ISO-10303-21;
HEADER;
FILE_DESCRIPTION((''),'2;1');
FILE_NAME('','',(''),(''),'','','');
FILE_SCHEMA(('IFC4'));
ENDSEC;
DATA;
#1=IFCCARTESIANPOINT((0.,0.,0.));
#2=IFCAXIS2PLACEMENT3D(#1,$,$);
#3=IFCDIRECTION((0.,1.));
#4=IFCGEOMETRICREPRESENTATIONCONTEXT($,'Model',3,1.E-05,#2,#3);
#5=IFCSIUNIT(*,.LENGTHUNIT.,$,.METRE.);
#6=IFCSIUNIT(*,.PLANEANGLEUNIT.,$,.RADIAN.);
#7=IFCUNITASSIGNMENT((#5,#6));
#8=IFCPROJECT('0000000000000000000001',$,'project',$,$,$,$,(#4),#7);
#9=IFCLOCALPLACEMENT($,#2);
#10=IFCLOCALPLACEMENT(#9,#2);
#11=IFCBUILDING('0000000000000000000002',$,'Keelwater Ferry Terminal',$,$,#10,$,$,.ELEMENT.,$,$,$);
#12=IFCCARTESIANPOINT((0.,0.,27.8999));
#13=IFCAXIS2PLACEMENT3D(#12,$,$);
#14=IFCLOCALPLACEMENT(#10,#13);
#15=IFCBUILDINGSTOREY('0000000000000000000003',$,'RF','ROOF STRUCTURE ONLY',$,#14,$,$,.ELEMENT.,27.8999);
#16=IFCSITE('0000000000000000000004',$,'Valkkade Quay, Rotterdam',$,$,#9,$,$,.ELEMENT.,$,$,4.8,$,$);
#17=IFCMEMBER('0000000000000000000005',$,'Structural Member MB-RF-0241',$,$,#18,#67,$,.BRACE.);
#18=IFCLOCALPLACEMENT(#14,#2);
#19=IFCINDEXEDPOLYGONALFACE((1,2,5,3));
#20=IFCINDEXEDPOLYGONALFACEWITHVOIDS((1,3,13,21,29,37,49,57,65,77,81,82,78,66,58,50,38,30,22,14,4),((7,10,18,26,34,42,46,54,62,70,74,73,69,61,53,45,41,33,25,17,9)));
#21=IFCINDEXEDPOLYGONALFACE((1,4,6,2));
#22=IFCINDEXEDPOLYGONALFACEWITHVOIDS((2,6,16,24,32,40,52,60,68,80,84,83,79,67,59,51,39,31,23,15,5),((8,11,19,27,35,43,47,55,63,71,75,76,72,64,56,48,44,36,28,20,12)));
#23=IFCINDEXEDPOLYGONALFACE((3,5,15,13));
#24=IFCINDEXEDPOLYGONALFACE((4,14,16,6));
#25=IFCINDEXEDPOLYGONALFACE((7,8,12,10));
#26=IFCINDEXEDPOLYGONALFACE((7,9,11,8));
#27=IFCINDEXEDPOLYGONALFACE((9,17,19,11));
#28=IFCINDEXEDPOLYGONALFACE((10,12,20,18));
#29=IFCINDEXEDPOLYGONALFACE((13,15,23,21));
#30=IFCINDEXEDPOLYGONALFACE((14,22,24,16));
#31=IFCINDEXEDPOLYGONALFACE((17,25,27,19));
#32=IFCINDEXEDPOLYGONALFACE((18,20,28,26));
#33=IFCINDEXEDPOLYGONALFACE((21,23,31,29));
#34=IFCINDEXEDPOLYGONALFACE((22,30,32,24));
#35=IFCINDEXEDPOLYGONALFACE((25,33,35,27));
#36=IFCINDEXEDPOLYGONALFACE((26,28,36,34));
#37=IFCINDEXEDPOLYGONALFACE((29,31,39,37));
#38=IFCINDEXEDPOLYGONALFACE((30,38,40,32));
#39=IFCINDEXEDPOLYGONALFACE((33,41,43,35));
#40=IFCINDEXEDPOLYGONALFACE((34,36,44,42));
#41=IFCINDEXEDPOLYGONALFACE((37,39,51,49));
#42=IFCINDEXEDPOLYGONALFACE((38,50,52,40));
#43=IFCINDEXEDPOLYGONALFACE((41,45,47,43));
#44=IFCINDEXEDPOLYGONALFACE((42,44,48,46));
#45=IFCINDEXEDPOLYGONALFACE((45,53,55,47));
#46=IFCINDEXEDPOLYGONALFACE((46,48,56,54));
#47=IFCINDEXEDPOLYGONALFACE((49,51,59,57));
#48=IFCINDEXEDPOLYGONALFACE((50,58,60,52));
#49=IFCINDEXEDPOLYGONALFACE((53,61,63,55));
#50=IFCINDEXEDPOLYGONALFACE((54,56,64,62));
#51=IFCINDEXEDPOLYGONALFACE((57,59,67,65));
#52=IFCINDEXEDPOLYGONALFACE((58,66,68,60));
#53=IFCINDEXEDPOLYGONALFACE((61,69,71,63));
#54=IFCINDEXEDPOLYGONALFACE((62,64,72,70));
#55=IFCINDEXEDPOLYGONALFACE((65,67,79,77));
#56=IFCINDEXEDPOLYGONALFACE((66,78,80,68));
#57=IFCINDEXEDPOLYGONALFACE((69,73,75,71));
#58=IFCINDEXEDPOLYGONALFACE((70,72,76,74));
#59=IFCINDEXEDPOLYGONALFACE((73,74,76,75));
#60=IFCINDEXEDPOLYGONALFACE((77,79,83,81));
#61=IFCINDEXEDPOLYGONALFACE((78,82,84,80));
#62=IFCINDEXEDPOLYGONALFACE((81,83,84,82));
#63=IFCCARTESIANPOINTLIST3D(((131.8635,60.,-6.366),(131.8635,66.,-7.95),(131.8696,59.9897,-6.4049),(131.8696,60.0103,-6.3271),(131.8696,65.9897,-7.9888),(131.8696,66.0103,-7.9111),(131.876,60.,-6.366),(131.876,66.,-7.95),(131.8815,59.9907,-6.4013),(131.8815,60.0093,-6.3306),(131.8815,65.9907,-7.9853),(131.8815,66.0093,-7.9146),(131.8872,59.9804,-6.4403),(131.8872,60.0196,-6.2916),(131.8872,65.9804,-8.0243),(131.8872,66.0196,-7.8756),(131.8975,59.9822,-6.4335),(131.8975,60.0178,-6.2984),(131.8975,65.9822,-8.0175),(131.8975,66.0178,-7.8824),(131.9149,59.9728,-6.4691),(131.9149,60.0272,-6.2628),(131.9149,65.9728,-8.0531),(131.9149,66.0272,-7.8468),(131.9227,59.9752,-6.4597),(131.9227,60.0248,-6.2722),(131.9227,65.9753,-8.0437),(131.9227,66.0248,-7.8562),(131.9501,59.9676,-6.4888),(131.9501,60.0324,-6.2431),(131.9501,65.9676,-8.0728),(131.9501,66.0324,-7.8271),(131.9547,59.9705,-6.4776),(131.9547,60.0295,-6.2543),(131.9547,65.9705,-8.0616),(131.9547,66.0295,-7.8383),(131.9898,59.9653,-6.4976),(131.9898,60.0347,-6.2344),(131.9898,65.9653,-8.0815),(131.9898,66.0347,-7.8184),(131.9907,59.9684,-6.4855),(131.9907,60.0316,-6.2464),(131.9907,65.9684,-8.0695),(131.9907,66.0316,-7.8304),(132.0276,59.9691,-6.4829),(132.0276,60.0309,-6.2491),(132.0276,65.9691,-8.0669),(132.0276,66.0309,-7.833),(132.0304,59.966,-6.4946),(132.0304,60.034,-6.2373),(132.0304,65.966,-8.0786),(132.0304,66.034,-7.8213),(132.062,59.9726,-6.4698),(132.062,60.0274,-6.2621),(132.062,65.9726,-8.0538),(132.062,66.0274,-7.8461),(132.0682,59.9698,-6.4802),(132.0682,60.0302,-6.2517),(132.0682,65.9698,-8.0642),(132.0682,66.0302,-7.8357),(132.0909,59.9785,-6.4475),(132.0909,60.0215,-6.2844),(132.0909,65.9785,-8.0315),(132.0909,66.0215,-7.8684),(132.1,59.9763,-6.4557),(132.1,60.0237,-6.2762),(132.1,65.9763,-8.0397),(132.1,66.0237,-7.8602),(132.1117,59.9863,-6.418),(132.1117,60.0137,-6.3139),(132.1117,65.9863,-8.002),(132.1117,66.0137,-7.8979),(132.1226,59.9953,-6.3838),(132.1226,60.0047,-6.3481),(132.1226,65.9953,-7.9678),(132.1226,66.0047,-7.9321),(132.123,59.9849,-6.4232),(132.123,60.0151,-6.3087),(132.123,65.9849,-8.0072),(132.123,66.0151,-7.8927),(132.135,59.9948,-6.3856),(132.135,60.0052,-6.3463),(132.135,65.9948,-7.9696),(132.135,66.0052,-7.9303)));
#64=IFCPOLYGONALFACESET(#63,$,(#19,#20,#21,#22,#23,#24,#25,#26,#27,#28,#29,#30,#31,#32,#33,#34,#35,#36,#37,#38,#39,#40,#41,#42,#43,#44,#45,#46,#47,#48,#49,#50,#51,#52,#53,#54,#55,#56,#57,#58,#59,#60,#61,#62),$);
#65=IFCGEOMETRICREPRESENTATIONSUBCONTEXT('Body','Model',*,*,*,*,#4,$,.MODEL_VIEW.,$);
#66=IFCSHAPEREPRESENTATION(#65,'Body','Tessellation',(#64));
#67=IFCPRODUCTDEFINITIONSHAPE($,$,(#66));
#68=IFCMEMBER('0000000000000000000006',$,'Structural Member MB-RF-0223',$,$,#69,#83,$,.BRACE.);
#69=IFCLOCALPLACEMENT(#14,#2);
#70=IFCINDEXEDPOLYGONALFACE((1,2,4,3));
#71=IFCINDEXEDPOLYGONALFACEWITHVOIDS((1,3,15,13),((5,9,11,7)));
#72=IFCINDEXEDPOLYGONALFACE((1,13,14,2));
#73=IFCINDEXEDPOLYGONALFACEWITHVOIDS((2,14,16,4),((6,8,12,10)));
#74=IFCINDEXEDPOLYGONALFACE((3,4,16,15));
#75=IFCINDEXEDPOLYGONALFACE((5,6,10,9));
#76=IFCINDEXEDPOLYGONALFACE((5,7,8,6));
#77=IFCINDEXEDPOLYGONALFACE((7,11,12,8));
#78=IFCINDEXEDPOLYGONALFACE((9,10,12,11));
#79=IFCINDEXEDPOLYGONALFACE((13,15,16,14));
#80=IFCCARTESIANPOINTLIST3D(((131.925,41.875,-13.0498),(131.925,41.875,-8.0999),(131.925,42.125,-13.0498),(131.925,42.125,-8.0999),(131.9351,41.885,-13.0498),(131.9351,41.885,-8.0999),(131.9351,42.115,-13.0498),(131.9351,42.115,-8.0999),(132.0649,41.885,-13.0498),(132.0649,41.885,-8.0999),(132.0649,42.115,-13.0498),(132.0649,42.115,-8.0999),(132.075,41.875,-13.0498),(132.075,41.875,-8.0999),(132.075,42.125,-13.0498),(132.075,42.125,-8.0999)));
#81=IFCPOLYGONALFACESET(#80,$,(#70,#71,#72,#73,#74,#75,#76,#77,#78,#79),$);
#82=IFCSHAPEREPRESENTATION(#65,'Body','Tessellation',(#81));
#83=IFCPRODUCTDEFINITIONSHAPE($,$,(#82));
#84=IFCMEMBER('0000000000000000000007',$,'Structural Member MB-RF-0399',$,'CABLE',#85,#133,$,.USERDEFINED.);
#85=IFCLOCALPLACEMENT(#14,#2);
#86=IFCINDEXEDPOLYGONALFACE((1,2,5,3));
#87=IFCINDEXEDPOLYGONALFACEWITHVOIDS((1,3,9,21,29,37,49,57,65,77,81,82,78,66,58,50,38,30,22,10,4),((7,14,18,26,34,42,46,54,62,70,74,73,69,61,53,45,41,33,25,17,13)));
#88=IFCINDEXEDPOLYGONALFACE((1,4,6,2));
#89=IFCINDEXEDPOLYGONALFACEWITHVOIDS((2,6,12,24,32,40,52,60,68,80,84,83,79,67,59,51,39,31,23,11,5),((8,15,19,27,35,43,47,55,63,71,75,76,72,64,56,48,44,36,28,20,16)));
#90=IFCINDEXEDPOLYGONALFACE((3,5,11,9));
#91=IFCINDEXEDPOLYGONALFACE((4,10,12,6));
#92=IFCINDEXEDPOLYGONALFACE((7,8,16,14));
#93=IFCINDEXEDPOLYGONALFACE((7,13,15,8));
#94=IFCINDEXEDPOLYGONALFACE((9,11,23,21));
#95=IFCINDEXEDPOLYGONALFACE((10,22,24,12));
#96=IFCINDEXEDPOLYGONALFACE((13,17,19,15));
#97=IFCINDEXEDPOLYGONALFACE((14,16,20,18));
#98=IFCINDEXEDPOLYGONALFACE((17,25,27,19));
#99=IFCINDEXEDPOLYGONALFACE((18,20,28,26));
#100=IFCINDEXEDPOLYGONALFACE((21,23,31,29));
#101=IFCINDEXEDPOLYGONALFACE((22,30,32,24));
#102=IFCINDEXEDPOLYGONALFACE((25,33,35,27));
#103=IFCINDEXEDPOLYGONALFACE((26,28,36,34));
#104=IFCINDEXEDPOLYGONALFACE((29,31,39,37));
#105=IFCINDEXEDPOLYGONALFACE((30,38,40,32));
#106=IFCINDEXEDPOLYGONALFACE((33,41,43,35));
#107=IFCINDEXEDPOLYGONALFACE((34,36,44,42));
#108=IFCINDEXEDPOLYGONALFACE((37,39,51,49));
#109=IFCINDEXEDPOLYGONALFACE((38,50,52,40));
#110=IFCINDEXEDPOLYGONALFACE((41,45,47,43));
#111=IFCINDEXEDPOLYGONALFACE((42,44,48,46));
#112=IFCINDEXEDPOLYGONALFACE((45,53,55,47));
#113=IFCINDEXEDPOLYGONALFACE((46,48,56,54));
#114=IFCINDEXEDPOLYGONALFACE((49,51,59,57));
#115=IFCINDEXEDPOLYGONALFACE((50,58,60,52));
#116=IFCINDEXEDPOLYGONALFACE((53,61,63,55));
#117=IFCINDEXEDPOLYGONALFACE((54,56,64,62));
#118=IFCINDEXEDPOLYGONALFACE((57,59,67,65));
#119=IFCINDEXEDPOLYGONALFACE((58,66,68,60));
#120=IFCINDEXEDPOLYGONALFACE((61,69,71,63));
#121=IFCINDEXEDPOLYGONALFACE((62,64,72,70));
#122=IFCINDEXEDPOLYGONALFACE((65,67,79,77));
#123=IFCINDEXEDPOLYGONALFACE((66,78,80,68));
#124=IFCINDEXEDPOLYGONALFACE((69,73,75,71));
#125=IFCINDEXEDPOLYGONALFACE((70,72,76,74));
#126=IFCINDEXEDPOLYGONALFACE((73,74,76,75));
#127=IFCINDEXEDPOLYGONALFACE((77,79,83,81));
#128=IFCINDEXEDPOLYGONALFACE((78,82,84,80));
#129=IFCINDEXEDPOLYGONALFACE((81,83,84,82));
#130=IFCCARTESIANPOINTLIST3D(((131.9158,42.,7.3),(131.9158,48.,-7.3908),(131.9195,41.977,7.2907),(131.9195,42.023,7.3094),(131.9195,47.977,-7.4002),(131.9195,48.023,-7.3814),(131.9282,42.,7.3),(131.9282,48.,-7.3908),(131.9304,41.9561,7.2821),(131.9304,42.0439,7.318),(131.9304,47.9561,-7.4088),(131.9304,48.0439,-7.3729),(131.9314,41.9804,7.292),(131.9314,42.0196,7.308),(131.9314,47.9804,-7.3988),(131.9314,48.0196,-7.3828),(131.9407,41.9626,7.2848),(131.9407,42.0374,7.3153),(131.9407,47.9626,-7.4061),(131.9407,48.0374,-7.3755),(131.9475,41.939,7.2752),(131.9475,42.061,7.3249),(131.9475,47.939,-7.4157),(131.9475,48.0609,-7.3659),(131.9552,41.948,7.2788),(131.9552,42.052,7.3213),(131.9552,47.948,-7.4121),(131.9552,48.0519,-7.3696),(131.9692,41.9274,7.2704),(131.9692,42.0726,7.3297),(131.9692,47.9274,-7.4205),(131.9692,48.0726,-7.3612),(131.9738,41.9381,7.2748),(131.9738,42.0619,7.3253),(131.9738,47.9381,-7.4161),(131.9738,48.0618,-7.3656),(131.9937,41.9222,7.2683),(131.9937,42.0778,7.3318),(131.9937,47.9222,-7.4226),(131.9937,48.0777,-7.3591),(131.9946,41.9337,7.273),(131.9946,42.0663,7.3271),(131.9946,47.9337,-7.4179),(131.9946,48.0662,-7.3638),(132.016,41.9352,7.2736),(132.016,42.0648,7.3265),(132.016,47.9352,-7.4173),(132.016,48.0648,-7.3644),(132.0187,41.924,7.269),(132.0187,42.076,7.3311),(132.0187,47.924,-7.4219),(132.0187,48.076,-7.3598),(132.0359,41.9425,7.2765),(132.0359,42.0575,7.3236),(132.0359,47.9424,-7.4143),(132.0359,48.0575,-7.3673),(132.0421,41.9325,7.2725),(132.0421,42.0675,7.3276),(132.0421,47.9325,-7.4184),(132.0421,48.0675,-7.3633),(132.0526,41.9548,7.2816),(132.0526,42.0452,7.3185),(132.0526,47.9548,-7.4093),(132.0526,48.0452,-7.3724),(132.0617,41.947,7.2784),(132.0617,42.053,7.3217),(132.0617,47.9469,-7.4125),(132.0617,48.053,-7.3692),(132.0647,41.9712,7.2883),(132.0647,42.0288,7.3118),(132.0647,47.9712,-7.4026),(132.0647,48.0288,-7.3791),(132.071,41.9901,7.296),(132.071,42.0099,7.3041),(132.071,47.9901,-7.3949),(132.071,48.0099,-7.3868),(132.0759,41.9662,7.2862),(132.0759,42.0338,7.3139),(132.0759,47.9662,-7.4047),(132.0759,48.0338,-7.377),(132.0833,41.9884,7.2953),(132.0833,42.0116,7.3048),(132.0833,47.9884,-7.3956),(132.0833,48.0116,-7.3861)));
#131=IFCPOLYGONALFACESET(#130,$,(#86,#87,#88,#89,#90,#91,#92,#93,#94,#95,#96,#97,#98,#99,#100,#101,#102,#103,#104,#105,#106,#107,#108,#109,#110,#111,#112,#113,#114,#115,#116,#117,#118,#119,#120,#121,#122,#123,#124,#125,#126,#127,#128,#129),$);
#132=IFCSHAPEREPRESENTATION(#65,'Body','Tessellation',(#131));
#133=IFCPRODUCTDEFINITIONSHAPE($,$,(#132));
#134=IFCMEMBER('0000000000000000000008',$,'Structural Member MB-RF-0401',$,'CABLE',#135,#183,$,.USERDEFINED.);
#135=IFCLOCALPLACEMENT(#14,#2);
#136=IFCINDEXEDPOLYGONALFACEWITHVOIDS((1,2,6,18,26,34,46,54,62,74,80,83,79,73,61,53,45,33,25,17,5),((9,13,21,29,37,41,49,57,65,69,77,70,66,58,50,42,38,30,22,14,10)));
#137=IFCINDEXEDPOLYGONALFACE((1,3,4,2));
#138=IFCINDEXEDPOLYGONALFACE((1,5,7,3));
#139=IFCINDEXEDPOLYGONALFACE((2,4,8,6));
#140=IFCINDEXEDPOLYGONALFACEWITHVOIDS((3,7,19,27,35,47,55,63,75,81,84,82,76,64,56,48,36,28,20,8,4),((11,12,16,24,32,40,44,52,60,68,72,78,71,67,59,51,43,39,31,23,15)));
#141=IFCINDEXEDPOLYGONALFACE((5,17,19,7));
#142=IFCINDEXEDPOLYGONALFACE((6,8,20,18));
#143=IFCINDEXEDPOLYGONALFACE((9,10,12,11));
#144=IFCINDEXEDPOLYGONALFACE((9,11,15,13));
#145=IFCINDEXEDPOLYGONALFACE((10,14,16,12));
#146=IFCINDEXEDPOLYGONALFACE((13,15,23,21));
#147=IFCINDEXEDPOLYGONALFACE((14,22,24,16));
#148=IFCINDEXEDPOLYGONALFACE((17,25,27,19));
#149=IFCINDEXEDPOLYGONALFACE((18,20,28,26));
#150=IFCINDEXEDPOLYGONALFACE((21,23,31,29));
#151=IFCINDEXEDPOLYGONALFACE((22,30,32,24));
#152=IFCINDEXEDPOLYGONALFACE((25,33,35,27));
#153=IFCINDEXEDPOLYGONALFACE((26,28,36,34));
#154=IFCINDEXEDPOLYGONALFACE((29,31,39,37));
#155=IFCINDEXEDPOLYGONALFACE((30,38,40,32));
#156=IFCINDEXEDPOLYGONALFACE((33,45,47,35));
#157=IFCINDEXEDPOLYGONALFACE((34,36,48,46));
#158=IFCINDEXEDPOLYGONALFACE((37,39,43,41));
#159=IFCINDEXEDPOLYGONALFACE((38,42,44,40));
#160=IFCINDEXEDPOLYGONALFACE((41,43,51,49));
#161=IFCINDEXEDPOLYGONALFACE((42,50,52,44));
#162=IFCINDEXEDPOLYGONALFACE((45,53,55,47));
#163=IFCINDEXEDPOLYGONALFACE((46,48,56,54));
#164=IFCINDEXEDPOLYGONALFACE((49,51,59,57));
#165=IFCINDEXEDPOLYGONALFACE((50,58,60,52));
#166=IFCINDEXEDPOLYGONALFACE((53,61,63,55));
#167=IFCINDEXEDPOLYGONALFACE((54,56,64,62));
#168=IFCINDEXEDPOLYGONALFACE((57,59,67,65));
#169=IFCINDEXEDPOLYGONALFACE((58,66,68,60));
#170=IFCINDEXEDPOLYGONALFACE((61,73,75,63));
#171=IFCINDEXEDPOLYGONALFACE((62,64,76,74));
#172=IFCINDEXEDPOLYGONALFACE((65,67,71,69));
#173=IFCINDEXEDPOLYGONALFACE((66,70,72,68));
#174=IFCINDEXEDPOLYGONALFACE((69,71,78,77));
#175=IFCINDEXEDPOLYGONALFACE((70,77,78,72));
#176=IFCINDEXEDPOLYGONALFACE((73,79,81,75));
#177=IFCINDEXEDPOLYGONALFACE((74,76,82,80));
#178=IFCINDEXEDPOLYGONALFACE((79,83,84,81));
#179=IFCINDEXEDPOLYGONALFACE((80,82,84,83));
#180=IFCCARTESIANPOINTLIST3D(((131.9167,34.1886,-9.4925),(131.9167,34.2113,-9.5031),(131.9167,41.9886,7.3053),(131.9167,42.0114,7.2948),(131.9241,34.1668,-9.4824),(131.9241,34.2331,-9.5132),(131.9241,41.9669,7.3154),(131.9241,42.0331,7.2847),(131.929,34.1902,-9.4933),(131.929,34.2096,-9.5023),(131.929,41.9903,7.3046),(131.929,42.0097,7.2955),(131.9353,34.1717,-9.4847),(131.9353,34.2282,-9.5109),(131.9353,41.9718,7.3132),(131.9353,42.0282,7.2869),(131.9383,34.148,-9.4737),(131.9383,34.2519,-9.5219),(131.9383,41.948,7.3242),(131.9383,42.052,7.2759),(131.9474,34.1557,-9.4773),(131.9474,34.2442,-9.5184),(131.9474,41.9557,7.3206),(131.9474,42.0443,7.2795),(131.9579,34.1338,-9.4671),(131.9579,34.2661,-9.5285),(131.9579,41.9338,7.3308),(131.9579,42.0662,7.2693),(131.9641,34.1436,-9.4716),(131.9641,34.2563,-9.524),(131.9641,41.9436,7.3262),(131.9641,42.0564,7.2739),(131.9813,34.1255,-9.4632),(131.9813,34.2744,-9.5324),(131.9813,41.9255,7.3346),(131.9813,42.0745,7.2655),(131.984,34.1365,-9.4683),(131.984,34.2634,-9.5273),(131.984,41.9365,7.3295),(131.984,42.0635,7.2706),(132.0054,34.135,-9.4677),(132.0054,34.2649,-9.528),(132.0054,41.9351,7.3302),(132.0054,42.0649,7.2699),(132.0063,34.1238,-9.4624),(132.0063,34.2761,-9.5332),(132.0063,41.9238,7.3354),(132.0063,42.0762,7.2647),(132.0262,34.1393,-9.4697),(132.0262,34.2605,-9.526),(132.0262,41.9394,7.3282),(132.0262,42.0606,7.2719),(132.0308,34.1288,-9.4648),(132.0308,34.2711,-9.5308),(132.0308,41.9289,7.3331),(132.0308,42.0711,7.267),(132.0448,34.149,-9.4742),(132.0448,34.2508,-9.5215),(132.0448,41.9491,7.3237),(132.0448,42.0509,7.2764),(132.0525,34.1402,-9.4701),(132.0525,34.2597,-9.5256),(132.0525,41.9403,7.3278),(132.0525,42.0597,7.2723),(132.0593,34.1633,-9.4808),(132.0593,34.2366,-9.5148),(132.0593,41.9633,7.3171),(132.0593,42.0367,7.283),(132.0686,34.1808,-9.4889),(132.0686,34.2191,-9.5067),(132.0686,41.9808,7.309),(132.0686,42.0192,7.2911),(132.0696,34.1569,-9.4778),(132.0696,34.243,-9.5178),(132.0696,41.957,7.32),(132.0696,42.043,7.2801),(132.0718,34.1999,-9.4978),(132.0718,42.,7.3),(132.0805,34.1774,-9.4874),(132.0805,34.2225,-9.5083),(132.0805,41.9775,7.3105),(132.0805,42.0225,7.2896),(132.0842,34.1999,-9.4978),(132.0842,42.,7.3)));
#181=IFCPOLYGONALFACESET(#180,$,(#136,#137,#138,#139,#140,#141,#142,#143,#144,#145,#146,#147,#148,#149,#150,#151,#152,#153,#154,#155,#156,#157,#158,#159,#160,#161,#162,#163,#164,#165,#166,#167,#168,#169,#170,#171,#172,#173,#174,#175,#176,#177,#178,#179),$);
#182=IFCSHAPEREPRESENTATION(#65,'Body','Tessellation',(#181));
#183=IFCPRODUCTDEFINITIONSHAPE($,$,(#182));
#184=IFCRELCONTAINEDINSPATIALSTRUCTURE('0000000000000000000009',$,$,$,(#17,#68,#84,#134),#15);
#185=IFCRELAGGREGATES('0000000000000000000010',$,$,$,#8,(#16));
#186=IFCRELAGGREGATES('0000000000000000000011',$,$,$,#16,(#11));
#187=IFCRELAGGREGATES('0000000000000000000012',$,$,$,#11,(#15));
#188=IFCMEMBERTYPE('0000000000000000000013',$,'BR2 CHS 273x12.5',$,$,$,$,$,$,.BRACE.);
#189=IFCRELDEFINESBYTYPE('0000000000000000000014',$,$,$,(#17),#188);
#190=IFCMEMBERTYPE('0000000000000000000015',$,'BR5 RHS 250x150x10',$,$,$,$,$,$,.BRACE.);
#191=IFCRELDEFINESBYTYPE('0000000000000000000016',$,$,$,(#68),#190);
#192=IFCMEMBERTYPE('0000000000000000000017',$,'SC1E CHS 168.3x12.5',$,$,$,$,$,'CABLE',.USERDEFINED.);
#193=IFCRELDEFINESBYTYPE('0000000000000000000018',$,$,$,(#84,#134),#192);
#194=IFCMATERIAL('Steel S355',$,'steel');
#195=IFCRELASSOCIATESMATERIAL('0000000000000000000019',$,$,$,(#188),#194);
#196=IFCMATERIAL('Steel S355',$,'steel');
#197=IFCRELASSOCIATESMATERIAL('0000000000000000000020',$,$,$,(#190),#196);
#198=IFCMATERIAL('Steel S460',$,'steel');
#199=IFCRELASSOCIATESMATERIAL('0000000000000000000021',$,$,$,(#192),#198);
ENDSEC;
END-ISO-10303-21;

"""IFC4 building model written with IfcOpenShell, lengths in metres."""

from ifc_helpers import new_model, si_unit, direction, frame, origin, origin_2d, place, context, subcontext, project, spatial, hollow_rectangle, hollow_circle, extrude, material, material_profile, profile_set, type_object, element, save


model = new_model("IFC4")

# Units and contexts
model_context = context("Model", 3, precision=1e-05, world=origin(), true_north=direction((0.0, 1.0)))
body_context = subcontext(model_context, "Body", "Model", "MODEL_VIEW")
ifc_project = project(units=[si_unit("LENGTHUNIT", "METRE"), si_unit("PLANEANGLEUNIT", "RADIAN")], contexts=[model_context])

# Site, building, storey
site_placement = place(None, origin())
site = spatial("IfcSite", under=ifc_project, at=site_placement, Name="Valkkade Quay, Rotterdam", CompositionType="ELEMENT", RefElevation=4.8)
building_placement = place(site_placement, origin())
building = spatial("IfcBuilding", under=site, at=building_placement, Name="Keelwater Ferry Terminal", CompositionType="ELEMENT")
storey_placement = place(building_placement, frame((0.0, 0.0, 27.8999)))
storey = spatial("IfcBuildingStorey", under=building, at=storey_placement, Name="RF", Description="ROOF STRUCTURE ONLY", CompositionType="ELEMENT", Elevation=27.8999)

# Members
ifc_material_1 = material(Name="Steel S355", Category="steel")
ifc_material_profile_1 = material_profile(ifc_material_1, hollow_circle(Radius=0.1365, WallThickness=0.0125, at=origin_2d()), Name="CHS 273x12.5")
ifc_profile_set_1 = profile_set([ifc_material_profile_1], Name="Steel S355")
member_type_1 = type_object("IfcMemberType", Name="BR2 CHS 273x12.5", PredefinedType="BRACE", material=ifc_profile_set_1)
member_1_placement = place(storey_placement, frame((132.0, 60.0, -6.366), z_axis=(0.0, 0.966874, -0.255252), x_axis=(-1.0, 0.0, 0.0)))
element("IfcMember", 1, at=member_1_placement, inside=storey, type_object=member_type_1, Name="Structural Member MB-RF-0241", PredefinedType="BRACE", context=body_context, shape_type="SweptSolid", body=[
    extrude(hollow_circle(Radius=0.1365, WallThickness=0.0125, at=origin_2d()), origin(), (0.0, 0.0, 1.0), 6.2056),
])
ifc_material_2 = material(Name="Steel S355", Category="steel")
ifc_material_profile_2 = material_profile(ifc_material_2, hollow_rectangle(XDim=0.1499, YDim=0.25, WallThickness=0.01, at=origin_2d()), Name="RHS 250x150x10")
ifc_profile_set_2 = profile_set([ifc_material_profile_2], Name="Steel S355")
member_type_2 = type_object("IfcMemberType", Name="BR5 RHS 250x150x10", PredefinedType="BRACE", material=ifc_profile_set_2)
member_2_placement = place(storey_placement, frame((132.0, 42.0, -13.0498), z_axis=(0.0, 0.0, 1.0), x_axis=(1.0, 0.0, 0.0)))
element("IfcMember", 2, at=member_2_placement, inside=storey, type_object=member_type_2, Name="Structural Member MB-RF-0223", PredefinedType="BRACE", context=body_context, shape_type="SweptSolid", body=[
    extrude(hollow_rectangle(XDim=0.1499, YDim=0.25, WallThickness=0.01, at=origin_2d()), origin(), (0.0, 0.0, 1.0), 4.95),
])
ifc_material_3 = material(Name="Steel S460", Category="steel")
ifc_material_profile_3 = material_profile(ifc_material_3, hollow_circle(Radius=0.0842, WallThickness=0.0125, at=origin_2d()), Name="CHS 168.3x12.5")
ifc_profile_set_3 = profile_set([ifc_material_profile_3], Name="Steel S460")
member_type_3 = type_object("IfcMemberType", Name="SC1E CHS 168.3x12.5", ElementType="CABLE", PredefinedType="USERDEFINED", material=ifc_profile_set_3)
member_3_placement = place(storey_placement, frame((132.0, 42.0, 7.3), z_axis=(0.0, 0.378097, -0.925766), x_axis=(-1.0, 0.0, 0.0)))
element("IfcMember", 3, at=member_3_placement, inside=storey, type_object=member_type_3, Name="Structural Member MB-RF-0399", ObjectType="CABLE", PredefinedType="USERDEFINED", context=body_context, shape_type="SweptSolid", body=[
    extrude(hollow_circle(Radius=0.0842, WallThickness=0.0125, at=origin_2d()), origin(), (0.0, 0.0, 1.0), 15.8689),
])
member_4_placement = place(storey_placement, frame((132.0, 42.0, 7.3), z_axis=(0.0, -0.421158, -0.906987), x_axis=(1.0, 0.0, 0.0)))
element("IfcMember", 4, at=member_4_placement, inside=storey, type_object=member_type_3, Name="Structural Member MB-RF-0401", ObjectType="CABLE", PredefinedType="USERDEFINED", context=body_context, shape_type="SweptSolid", body=[
    extrude(hollow_circle(Radius=0.0842, WallThickness=0.0125, at=origin_2d()), origin(), (0.0, 0.0, 1.0), 18.5205),
])

save(model, "model.ifc")
